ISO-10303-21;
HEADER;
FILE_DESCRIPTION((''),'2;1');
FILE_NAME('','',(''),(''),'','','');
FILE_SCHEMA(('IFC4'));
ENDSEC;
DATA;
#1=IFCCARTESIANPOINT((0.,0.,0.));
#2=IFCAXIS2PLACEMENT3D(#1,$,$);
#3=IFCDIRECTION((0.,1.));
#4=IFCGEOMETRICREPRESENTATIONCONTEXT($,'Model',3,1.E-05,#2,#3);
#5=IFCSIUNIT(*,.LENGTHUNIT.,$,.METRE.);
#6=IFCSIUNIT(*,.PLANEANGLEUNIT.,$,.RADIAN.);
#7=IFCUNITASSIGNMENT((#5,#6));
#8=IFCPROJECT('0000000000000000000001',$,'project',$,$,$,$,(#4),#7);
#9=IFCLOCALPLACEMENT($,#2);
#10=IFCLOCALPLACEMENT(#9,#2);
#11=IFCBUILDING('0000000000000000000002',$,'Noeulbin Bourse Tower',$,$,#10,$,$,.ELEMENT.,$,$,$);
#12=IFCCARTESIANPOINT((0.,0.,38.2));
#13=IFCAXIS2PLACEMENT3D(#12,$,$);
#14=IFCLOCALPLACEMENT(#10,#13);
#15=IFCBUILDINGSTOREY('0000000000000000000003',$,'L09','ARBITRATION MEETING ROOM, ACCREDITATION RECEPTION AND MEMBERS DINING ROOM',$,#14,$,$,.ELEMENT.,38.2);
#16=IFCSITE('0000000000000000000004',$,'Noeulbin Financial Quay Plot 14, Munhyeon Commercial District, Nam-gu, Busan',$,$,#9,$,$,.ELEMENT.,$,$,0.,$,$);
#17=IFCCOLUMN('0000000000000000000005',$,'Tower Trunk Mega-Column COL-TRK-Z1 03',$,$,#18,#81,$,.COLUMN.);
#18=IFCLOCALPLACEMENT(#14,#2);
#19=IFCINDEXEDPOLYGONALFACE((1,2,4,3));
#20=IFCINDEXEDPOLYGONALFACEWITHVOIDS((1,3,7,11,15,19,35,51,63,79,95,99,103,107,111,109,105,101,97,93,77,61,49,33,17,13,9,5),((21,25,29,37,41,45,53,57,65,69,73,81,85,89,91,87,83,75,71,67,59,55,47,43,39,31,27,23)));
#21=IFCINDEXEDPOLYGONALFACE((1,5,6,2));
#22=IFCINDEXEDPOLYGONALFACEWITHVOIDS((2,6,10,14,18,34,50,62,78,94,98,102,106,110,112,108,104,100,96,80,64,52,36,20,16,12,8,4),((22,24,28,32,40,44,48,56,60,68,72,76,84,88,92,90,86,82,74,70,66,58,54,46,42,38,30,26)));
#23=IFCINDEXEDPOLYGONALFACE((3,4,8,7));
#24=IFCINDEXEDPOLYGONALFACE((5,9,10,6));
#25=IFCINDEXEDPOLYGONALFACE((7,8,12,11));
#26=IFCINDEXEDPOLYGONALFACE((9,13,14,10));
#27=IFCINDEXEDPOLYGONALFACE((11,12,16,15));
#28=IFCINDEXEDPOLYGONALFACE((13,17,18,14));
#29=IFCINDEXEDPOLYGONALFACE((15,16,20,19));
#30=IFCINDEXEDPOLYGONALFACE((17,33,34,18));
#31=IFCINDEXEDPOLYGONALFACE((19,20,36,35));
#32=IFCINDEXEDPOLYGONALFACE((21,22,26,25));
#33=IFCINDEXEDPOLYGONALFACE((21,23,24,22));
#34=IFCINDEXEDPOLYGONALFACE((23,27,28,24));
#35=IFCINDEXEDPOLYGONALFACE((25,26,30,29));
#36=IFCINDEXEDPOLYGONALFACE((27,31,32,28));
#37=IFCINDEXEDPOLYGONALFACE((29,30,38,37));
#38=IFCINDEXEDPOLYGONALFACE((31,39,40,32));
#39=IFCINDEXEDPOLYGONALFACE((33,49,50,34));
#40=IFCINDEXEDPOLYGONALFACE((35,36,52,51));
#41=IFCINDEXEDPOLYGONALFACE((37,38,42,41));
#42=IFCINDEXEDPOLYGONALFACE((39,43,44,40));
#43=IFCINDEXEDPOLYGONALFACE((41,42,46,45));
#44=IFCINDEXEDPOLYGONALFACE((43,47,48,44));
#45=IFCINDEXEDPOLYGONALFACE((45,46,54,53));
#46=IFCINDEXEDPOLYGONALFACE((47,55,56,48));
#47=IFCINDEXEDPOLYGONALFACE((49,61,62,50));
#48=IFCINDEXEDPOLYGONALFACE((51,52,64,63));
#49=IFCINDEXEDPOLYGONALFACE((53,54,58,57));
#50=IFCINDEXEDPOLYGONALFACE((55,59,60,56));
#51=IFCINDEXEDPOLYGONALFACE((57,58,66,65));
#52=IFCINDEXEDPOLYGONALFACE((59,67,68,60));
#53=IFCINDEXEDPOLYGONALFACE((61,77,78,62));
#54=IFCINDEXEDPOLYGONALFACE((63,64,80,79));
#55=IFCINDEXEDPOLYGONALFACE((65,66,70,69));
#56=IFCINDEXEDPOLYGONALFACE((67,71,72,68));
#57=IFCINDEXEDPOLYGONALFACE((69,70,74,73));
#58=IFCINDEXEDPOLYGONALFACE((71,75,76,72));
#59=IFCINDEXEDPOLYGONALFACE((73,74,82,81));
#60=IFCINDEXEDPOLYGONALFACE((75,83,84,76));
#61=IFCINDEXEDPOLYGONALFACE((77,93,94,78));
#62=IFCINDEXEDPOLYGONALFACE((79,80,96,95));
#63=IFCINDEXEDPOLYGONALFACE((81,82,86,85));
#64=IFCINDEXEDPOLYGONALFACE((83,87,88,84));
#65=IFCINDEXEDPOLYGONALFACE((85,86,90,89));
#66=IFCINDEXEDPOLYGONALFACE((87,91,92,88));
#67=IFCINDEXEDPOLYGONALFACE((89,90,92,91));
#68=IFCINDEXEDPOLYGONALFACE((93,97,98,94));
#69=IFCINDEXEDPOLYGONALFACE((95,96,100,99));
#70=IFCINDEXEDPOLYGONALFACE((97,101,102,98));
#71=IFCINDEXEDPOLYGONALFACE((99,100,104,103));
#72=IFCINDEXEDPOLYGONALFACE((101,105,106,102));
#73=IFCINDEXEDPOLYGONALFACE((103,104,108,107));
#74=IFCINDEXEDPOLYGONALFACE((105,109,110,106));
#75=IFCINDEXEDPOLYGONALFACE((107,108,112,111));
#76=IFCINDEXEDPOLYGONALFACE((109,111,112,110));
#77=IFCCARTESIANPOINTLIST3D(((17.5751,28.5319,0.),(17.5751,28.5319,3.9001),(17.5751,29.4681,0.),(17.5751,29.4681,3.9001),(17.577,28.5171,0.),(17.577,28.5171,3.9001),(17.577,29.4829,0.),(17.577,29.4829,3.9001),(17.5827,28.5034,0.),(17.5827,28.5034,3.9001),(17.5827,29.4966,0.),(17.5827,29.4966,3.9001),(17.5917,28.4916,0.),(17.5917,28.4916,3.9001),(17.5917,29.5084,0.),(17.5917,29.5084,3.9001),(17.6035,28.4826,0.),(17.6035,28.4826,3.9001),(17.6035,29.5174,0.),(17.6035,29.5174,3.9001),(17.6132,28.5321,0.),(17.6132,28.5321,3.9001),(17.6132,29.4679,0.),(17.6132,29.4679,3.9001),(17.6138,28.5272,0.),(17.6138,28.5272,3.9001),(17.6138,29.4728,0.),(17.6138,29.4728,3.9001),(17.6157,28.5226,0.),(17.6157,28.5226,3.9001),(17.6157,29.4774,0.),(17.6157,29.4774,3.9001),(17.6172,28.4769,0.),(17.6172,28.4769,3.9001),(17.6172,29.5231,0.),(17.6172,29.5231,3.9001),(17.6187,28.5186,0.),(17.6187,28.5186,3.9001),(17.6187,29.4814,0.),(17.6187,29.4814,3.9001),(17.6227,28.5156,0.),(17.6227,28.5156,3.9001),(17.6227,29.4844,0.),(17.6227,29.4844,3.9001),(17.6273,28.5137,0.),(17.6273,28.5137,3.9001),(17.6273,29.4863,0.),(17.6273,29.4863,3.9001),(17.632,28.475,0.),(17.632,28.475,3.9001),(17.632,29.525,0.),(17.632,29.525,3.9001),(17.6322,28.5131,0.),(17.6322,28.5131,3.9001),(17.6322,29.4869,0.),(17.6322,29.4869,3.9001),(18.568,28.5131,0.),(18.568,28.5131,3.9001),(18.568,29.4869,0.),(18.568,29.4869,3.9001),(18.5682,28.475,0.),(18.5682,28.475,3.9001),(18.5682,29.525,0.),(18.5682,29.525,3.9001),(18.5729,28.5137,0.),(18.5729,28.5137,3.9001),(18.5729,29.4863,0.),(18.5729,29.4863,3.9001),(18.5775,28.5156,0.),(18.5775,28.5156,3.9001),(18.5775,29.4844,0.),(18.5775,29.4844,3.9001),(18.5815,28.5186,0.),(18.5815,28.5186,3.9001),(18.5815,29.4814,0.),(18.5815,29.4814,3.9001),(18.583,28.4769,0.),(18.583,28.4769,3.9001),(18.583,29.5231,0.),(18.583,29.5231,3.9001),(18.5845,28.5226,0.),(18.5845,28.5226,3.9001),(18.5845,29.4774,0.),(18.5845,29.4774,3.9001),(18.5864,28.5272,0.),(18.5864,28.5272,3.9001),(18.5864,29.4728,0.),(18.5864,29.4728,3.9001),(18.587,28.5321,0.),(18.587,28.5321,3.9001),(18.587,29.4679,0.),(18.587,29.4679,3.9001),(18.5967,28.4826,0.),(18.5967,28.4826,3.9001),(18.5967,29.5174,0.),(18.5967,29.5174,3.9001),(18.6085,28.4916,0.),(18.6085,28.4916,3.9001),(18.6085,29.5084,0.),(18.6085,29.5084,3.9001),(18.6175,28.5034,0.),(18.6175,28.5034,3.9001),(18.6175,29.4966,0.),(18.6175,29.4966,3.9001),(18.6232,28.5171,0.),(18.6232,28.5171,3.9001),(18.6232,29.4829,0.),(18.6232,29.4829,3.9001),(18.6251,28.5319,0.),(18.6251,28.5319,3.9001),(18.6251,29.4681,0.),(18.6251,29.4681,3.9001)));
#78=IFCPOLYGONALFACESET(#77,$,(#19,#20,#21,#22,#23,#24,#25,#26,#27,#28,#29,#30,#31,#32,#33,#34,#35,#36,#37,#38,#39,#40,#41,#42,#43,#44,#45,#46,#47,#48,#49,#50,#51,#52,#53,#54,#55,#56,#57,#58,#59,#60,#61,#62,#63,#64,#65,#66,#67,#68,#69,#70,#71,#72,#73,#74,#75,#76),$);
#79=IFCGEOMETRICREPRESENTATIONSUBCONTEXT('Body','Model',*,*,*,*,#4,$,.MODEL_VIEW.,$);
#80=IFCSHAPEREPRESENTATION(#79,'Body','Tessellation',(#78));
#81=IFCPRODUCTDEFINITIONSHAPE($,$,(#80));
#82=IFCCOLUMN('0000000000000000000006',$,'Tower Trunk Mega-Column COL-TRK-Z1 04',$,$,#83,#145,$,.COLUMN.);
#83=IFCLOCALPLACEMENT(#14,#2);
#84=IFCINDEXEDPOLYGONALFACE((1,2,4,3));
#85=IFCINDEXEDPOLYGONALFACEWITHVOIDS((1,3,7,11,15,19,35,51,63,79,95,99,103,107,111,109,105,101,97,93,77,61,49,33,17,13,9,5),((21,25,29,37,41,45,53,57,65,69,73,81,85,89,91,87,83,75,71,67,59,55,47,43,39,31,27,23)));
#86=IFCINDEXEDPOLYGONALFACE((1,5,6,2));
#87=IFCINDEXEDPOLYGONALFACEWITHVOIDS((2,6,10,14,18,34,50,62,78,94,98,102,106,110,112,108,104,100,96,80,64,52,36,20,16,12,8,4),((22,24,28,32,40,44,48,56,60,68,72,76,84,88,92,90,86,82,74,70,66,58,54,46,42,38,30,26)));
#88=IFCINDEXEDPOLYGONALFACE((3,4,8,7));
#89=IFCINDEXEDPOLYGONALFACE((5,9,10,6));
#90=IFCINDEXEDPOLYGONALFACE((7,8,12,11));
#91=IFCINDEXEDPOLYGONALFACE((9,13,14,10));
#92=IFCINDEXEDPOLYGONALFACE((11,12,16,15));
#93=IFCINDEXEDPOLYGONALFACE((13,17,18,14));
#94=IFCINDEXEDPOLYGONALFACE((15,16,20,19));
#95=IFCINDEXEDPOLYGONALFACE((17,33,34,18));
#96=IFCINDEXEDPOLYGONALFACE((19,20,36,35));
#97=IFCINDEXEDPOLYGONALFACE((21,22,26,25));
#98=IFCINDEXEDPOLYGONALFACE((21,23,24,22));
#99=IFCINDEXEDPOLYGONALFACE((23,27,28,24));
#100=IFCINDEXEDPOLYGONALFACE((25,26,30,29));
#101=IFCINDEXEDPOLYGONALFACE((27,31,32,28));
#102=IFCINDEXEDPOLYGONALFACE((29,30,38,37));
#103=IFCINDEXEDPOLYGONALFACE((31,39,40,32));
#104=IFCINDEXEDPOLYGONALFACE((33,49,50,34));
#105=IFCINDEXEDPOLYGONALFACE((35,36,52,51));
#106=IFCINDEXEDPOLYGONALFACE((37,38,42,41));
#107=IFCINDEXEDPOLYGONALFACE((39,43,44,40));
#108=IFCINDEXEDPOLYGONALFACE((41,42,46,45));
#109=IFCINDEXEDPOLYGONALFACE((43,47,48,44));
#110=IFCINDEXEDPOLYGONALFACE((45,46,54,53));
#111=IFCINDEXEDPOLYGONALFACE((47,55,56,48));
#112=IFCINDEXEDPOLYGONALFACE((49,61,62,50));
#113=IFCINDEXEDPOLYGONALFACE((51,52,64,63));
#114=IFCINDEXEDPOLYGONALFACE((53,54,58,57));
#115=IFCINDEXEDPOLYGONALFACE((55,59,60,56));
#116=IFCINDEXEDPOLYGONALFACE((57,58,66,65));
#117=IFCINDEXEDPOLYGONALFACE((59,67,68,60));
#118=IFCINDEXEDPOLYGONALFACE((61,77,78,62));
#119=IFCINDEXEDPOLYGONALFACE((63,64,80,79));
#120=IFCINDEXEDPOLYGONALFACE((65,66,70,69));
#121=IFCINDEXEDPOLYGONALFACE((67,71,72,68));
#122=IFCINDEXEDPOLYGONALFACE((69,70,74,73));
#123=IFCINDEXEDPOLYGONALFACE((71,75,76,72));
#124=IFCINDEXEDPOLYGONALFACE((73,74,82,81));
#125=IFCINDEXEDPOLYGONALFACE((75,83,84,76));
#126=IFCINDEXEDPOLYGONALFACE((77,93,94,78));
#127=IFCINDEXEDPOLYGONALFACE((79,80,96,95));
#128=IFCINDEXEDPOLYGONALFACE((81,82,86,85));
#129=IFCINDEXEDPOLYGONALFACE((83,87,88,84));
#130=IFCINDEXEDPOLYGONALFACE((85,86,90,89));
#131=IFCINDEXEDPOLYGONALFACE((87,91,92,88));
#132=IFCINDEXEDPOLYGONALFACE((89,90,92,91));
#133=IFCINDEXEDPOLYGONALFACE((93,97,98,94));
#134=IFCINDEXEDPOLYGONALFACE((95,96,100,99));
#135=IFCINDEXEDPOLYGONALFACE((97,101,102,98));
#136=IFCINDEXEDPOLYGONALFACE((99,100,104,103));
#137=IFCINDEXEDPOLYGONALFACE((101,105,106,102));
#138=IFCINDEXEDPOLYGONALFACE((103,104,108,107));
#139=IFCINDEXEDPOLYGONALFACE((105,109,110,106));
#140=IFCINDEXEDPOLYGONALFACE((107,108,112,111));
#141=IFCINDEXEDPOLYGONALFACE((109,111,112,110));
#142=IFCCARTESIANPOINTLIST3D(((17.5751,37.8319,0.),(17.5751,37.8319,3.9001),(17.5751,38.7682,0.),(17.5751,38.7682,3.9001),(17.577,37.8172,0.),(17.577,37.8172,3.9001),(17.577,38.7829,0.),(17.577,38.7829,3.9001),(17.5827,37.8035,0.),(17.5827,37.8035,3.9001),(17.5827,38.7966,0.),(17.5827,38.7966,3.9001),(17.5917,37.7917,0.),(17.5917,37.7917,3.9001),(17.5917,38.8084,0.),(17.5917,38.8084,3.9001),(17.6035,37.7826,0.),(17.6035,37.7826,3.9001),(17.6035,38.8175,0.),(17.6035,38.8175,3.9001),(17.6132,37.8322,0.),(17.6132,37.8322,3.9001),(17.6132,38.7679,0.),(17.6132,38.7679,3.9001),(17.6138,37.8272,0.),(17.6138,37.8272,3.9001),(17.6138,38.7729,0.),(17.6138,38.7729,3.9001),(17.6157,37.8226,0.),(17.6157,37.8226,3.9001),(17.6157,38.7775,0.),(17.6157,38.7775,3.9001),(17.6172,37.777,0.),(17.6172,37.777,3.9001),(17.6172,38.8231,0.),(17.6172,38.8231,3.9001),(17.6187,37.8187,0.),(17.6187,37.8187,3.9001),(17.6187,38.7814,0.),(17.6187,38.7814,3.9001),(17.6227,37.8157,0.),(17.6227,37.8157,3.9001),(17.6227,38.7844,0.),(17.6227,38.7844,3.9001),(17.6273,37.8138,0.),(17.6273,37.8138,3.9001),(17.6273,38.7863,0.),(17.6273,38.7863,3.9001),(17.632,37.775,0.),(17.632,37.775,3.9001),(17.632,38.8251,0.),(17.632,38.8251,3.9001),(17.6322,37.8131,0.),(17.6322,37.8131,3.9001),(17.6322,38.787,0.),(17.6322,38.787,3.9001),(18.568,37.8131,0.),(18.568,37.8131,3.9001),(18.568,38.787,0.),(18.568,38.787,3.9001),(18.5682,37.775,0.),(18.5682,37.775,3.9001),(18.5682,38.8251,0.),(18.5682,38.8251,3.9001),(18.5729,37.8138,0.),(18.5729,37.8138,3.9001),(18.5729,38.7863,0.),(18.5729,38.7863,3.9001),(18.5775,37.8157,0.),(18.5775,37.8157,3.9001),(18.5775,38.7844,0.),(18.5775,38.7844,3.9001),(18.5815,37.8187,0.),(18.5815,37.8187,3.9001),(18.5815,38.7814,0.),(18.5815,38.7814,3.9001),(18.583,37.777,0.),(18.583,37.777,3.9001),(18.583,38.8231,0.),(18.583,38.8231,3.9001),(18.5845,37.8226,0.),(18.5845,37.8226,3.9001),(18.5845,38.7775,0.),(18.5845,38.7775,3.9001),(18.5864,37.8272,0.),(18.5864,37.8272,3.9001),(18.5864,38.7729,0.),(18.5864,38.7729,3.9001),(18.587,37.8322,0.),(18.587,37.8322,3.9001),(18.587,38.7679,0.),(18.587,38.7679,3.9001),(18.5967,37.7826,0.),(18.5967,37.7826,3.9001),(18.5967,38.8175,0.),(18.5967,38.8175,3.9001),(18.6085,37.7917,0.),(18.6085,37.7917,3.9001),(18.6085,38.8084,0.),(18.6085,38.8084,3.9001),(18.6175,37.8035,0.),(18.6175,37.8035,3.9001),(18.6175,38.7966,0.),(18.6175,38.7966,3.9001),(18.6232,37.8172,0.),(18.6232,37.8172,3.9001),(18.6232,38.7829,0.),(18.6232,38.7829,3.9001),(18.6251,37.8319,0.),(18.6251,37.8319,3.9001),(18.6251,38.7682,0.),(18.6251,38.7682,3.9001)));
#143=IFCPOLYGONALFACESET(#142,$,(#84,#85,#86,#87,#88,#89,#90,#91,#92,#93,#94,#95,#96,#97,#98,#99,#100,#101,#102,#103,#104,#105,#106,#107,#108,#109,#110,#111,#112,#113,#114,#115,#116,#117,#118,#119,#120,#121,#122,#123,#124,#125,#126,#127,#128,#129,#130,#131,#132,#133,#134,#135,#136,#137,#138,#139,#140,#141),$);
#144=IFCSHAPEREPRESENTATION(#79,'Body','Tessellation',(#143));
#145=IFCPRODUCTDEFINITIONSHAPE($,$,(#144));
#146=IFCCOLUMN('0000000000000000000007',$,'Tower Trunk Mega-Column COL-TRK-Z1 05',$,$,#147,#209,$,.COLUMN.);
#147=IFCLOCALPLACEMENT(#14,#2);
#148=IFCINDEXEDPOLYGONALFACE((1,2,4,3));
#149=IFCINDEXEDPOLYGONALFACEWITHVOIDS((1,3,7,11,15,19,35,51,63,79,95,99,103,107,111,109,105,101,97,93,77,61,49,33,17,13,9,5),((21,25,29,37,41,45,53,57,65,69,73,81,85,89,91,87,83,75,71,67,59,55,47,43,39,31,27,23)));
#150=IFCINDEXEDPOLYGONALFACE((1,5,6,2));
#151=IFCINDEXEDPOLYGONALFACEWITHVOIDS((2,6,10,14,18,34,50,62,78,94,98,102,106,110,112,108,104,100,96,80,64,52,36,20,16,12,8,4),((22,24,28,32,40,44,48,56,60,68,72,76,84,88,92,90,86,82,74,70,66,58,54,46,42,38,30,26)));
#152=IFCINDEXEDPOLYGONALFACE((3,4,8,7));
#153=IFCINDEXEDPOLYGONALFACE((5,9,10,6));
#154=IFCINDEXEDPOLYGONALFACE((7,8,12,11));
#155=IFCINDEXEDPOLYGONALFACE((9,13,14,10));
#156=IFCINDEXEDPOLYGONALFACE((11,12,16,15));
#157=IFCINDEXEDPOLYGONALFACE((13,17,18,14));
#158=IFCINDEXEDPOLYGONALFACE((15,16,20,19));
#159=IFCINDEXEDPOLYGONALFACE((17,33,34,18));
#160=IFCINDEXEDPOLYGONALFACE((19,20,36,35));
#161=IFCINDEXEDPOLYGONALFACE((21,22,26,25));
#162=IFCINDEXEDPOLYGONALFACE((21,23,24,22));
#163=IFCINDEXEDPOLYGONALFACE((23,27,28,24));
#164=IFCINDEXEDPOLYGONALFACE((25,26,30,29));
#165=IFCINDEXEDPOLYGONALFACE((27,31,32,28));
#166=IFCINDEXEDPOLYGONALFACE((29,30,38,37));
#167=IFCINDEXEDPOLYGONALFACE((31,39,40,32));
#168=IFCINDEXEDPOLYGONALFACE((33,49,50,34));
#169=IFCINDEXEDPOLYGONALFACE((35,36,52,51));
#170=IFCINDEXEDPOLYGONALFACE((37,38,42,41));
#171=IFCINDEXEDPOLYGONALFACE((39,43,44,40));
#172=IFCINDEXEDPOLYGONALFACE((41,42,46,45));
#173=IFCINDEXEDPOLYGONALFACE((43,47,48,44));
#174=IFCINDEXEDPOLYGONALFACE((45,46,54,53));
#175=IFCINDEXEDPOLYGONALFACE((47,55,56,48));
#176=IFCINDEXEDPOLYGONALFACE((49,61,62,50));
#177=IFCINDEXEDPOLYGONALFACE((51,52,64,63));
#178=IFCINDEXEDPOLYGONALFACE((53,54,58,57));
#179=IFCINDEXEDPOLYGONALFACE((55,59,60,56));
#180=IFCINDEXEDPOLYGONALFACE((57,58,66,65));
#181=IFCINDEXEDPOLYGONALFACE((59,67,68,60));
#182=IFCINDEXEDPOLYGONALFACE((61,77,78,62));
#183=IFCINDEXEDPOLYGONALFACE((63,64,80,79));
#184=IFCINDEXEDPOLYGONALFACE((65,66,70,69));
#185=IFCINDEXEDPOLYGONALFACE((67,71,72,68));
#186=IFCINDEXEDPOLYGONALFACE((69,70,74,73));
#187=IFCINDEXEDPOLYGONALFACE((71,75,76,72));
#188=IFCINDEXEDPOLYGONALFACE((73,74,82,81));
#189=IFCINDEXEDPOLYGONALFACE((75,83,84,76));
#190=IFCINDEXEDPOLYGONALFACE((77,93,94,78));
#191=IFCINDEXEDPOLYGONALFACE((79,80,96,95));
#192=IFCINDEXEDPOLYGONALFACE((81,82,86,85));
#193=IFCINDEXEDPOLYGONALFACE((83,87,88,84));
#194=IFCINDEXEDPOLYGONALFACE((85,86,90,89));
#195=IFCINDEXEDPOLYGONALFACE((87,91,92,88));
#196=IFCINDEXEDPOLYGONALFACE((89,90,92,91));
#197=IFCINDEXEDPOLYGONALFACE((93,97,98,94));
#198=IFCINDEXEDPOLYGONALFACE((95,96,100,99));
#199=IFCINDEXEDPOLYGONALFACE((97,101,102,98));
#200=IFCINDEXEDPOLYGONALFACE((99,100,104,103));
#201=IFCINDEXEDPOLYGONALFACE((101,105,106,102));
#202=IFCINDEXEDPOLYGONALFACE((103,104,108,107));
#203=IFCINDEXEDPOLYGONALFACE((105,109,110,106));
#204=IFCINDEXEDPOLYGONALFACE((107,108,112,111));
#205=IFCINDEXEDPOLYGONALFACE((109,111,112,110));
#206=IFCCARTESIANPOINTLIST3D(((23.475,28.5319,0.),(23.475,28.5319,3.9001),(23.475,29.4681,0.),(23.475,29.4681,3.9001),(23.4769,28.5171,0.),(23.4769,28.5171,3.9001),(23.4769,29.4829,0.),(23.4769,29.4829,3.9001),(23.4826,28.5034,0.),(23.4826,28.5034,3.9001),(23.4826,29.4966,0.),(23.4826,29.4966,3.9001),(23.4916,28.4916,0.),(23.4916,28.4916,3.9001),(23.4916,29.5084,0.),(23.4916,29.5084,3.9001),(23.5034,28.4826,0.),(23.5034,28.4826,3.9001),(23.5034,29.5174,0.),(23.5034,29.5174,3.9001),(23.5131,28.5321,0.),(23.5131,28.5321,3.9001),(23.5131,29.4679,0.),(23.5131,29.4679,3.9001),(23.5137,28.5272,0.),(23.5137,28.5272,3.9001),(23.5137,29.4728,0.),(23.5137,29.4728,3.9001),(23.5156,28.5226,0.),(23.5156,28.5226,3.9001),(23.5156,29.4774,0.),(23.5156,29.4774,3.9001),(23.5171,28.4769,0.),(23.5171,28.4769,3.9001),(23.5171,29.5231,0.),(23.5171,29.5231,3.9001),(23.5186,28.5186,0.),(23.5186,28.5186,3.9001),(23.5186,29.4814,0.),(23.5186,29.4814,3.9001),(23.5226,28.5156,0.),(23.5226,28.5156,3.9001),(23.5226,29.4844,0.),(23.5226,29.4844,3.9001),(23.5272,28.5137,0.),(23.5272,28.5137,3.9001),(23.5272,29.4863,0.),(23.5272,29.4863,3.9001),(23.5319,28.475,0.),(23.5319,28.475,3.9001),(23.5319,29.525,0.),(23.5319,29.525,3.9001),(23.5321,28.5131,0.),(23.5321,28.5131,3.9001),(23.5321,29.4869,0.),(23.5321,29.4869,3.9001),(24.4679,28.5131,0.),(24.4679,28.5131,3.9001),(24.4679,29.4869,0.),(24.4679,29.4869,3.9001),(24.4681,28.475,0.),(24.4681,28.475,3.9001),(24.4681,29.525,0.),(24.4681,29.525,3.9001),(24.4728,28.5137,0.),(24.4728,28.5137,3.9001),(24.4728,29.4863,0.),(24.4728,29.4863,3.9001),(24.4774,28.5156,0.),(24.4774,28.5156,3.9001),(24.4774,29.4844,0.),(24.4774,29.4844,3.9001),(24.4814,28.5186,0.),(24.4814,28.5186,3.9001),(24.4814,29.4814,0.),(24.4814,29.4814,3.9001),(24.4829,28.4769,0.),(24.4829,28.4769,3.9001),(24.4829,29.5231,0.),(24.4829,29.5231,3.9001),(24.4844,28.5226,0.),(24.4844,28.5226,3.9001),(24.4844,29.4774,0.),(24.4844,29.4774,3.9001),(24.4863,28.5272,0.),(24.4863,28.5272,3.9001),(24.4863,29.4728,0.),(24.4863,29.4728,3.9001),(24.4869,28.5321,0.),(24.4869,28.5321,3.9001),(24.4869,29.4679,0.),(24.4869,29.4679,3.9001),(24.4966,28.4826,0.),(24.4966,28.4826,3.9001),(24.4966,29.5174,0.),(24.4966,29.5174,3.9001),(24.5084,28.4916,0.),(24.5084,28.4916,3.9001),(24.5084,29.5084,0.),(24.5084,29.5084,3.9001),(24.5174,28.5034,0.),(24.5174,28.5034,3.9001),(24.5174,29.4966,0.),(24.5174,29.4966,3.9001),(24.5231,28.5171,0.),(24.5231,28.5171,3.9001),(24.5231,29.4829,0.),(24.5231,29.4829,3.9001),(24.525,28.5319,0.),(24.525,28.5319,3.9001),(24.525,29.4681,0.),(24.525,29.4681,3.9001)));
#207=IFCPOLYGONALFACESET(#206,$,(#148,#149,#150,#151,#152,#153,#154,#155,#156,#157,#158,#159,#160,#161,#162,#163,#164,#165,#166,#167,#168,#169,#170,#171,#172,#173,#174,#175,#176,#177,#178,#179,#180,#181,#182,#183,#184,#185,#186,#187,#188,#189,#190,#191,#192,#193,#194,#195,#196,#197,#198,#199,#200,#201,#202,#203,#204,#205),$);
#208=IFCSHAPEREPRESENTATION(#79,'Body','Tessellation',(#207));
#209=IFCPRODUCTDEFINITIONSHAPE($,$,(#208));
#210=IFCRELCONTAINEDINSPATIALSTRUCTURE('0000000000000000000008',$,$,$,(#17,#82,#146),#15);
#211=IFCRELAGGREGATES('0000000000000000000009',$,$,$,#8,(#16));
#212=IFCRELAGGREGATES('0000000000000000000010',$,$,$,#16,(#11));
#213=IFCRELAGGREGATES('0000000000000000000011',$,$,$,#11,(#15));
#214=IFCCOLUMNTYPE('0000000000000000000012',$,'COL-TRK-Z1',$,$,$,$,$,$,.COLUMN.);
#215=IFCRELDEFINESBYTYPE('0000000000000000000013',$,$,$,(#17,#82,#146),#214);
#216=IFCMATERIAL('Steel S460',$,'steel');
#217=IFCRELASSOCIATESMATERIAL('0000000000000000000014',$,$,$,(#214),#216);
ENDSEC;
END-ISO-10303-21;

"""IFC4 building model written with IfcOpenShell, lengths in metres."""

from ifc_helpers import new_model, si_unit, direction, frame, origin, origin_2d, place, context, subcontext, project, spatial, hollow_rectangle, extrude, material, material_profile, profile_set, type_object, element, save


model = new_model("IFC4")

# Units and contexts
model_context = context("Model", 3, precision=1e-05, world=origin(), true_north=direction((0.0, 1.0)))
body_context = subcontext(model_context, "Body", "Model", "MODEL_VIEW")
ifc_project = project(units=[si_unit("LENGTHUNIT", "METRE"), si_unit("PLANEANGLEUNIT", "RADIAN")], contexts=[model_context])

# Site, building, storey
site_placement = place(None, origin())
site = spatial("IfcSite", under=ifc_project, at=site_placement, Name="Noeulbin Financial Quay Plot 14, Munhyeon Commercial District, Nam-gu, Busan", CompositionType="ELEMENT", RefElevation=0.0)
building_placement = place(site_placement, origin())
building = spatial("IfcBuilding", under=site, at=building_placement, Name="Noeulbin Bourse Tower", CompositionType="ELEMENT")
storey_placement = place(building_placement, frame((0.0, 0.0, 38.2)))
storey = spatial("IfcBuildingStorey", under=building, at=storey_placement, Name="L09", Description="ARBITRATION MEETING ROOM, ACCREDITATION RECEPTION AND MEMBERS DINING ROOM", CompositionType="ELEMENT", Elevation=38.2)

# Columns
ifc_material_1 = material(Name="Steel S460", Category="steel")
ifc_material_profile_1 = material_profile(ifc_material_1, hollow_rectangle(XDim=1.05, YDim=1.05, WallThickness=0.0381, InnerFilletRadius=0.019, OuterFilletRadius=0.0569, at=origin_2d()), Name="BOX-1050x1050x38", Category="LoadBearing")
ifc_profile_set_1 = profile_set([ifc_material_profile_1], Name="Steel S460")
column_type = type_object("IfcColumnType", Name="COL-TRK-Z1", PredefinedType="COLUMN", material=ifc_profile_set_1)
for number, where, z_axis, x_axis, name in (
    (1, (18.1001, 29.0, 0.0), (0.0, 0.0, 1.0), (1.0, 0.0, 0.0), "Tower Trunk Mega-Column COL-TRK-Z1 03"),
    (2, (18.1001, 38.3, 0.0), (0.0, 0.0, 1.0), (1.0, 0.0, 0.0), "Tower Trunk Mega-Column COL-TRK-Z1 04"),
    (3, (24.0, 29.0, 0.0), (0.0, 0.0, 1.0), (1.0, 0.0, 0.0), "Tower Trunk Mega-Column COL-TRK-Z1 05"),
):
    element("IfcColumn", number, at=place(storey_placement, frame(where, z_axis=z_axis, x_axis=x_axis)), inside=storey, type_object=column_type, Name=name, PredefinedType="COLUMN", context=body_context, shape_type="SweptSolid", body=[
        extrude(hollow_rectangle(XDim=1.05, YDim=1.05, WallThickness=0.0381, InnerFilletRadius=0.019, OuterFilletRadius=0.0569, at=origin_2d()), origin(), (0.0, 0.0, 1.0), 3.9001),
    ])

save(model, "model.ifc")
